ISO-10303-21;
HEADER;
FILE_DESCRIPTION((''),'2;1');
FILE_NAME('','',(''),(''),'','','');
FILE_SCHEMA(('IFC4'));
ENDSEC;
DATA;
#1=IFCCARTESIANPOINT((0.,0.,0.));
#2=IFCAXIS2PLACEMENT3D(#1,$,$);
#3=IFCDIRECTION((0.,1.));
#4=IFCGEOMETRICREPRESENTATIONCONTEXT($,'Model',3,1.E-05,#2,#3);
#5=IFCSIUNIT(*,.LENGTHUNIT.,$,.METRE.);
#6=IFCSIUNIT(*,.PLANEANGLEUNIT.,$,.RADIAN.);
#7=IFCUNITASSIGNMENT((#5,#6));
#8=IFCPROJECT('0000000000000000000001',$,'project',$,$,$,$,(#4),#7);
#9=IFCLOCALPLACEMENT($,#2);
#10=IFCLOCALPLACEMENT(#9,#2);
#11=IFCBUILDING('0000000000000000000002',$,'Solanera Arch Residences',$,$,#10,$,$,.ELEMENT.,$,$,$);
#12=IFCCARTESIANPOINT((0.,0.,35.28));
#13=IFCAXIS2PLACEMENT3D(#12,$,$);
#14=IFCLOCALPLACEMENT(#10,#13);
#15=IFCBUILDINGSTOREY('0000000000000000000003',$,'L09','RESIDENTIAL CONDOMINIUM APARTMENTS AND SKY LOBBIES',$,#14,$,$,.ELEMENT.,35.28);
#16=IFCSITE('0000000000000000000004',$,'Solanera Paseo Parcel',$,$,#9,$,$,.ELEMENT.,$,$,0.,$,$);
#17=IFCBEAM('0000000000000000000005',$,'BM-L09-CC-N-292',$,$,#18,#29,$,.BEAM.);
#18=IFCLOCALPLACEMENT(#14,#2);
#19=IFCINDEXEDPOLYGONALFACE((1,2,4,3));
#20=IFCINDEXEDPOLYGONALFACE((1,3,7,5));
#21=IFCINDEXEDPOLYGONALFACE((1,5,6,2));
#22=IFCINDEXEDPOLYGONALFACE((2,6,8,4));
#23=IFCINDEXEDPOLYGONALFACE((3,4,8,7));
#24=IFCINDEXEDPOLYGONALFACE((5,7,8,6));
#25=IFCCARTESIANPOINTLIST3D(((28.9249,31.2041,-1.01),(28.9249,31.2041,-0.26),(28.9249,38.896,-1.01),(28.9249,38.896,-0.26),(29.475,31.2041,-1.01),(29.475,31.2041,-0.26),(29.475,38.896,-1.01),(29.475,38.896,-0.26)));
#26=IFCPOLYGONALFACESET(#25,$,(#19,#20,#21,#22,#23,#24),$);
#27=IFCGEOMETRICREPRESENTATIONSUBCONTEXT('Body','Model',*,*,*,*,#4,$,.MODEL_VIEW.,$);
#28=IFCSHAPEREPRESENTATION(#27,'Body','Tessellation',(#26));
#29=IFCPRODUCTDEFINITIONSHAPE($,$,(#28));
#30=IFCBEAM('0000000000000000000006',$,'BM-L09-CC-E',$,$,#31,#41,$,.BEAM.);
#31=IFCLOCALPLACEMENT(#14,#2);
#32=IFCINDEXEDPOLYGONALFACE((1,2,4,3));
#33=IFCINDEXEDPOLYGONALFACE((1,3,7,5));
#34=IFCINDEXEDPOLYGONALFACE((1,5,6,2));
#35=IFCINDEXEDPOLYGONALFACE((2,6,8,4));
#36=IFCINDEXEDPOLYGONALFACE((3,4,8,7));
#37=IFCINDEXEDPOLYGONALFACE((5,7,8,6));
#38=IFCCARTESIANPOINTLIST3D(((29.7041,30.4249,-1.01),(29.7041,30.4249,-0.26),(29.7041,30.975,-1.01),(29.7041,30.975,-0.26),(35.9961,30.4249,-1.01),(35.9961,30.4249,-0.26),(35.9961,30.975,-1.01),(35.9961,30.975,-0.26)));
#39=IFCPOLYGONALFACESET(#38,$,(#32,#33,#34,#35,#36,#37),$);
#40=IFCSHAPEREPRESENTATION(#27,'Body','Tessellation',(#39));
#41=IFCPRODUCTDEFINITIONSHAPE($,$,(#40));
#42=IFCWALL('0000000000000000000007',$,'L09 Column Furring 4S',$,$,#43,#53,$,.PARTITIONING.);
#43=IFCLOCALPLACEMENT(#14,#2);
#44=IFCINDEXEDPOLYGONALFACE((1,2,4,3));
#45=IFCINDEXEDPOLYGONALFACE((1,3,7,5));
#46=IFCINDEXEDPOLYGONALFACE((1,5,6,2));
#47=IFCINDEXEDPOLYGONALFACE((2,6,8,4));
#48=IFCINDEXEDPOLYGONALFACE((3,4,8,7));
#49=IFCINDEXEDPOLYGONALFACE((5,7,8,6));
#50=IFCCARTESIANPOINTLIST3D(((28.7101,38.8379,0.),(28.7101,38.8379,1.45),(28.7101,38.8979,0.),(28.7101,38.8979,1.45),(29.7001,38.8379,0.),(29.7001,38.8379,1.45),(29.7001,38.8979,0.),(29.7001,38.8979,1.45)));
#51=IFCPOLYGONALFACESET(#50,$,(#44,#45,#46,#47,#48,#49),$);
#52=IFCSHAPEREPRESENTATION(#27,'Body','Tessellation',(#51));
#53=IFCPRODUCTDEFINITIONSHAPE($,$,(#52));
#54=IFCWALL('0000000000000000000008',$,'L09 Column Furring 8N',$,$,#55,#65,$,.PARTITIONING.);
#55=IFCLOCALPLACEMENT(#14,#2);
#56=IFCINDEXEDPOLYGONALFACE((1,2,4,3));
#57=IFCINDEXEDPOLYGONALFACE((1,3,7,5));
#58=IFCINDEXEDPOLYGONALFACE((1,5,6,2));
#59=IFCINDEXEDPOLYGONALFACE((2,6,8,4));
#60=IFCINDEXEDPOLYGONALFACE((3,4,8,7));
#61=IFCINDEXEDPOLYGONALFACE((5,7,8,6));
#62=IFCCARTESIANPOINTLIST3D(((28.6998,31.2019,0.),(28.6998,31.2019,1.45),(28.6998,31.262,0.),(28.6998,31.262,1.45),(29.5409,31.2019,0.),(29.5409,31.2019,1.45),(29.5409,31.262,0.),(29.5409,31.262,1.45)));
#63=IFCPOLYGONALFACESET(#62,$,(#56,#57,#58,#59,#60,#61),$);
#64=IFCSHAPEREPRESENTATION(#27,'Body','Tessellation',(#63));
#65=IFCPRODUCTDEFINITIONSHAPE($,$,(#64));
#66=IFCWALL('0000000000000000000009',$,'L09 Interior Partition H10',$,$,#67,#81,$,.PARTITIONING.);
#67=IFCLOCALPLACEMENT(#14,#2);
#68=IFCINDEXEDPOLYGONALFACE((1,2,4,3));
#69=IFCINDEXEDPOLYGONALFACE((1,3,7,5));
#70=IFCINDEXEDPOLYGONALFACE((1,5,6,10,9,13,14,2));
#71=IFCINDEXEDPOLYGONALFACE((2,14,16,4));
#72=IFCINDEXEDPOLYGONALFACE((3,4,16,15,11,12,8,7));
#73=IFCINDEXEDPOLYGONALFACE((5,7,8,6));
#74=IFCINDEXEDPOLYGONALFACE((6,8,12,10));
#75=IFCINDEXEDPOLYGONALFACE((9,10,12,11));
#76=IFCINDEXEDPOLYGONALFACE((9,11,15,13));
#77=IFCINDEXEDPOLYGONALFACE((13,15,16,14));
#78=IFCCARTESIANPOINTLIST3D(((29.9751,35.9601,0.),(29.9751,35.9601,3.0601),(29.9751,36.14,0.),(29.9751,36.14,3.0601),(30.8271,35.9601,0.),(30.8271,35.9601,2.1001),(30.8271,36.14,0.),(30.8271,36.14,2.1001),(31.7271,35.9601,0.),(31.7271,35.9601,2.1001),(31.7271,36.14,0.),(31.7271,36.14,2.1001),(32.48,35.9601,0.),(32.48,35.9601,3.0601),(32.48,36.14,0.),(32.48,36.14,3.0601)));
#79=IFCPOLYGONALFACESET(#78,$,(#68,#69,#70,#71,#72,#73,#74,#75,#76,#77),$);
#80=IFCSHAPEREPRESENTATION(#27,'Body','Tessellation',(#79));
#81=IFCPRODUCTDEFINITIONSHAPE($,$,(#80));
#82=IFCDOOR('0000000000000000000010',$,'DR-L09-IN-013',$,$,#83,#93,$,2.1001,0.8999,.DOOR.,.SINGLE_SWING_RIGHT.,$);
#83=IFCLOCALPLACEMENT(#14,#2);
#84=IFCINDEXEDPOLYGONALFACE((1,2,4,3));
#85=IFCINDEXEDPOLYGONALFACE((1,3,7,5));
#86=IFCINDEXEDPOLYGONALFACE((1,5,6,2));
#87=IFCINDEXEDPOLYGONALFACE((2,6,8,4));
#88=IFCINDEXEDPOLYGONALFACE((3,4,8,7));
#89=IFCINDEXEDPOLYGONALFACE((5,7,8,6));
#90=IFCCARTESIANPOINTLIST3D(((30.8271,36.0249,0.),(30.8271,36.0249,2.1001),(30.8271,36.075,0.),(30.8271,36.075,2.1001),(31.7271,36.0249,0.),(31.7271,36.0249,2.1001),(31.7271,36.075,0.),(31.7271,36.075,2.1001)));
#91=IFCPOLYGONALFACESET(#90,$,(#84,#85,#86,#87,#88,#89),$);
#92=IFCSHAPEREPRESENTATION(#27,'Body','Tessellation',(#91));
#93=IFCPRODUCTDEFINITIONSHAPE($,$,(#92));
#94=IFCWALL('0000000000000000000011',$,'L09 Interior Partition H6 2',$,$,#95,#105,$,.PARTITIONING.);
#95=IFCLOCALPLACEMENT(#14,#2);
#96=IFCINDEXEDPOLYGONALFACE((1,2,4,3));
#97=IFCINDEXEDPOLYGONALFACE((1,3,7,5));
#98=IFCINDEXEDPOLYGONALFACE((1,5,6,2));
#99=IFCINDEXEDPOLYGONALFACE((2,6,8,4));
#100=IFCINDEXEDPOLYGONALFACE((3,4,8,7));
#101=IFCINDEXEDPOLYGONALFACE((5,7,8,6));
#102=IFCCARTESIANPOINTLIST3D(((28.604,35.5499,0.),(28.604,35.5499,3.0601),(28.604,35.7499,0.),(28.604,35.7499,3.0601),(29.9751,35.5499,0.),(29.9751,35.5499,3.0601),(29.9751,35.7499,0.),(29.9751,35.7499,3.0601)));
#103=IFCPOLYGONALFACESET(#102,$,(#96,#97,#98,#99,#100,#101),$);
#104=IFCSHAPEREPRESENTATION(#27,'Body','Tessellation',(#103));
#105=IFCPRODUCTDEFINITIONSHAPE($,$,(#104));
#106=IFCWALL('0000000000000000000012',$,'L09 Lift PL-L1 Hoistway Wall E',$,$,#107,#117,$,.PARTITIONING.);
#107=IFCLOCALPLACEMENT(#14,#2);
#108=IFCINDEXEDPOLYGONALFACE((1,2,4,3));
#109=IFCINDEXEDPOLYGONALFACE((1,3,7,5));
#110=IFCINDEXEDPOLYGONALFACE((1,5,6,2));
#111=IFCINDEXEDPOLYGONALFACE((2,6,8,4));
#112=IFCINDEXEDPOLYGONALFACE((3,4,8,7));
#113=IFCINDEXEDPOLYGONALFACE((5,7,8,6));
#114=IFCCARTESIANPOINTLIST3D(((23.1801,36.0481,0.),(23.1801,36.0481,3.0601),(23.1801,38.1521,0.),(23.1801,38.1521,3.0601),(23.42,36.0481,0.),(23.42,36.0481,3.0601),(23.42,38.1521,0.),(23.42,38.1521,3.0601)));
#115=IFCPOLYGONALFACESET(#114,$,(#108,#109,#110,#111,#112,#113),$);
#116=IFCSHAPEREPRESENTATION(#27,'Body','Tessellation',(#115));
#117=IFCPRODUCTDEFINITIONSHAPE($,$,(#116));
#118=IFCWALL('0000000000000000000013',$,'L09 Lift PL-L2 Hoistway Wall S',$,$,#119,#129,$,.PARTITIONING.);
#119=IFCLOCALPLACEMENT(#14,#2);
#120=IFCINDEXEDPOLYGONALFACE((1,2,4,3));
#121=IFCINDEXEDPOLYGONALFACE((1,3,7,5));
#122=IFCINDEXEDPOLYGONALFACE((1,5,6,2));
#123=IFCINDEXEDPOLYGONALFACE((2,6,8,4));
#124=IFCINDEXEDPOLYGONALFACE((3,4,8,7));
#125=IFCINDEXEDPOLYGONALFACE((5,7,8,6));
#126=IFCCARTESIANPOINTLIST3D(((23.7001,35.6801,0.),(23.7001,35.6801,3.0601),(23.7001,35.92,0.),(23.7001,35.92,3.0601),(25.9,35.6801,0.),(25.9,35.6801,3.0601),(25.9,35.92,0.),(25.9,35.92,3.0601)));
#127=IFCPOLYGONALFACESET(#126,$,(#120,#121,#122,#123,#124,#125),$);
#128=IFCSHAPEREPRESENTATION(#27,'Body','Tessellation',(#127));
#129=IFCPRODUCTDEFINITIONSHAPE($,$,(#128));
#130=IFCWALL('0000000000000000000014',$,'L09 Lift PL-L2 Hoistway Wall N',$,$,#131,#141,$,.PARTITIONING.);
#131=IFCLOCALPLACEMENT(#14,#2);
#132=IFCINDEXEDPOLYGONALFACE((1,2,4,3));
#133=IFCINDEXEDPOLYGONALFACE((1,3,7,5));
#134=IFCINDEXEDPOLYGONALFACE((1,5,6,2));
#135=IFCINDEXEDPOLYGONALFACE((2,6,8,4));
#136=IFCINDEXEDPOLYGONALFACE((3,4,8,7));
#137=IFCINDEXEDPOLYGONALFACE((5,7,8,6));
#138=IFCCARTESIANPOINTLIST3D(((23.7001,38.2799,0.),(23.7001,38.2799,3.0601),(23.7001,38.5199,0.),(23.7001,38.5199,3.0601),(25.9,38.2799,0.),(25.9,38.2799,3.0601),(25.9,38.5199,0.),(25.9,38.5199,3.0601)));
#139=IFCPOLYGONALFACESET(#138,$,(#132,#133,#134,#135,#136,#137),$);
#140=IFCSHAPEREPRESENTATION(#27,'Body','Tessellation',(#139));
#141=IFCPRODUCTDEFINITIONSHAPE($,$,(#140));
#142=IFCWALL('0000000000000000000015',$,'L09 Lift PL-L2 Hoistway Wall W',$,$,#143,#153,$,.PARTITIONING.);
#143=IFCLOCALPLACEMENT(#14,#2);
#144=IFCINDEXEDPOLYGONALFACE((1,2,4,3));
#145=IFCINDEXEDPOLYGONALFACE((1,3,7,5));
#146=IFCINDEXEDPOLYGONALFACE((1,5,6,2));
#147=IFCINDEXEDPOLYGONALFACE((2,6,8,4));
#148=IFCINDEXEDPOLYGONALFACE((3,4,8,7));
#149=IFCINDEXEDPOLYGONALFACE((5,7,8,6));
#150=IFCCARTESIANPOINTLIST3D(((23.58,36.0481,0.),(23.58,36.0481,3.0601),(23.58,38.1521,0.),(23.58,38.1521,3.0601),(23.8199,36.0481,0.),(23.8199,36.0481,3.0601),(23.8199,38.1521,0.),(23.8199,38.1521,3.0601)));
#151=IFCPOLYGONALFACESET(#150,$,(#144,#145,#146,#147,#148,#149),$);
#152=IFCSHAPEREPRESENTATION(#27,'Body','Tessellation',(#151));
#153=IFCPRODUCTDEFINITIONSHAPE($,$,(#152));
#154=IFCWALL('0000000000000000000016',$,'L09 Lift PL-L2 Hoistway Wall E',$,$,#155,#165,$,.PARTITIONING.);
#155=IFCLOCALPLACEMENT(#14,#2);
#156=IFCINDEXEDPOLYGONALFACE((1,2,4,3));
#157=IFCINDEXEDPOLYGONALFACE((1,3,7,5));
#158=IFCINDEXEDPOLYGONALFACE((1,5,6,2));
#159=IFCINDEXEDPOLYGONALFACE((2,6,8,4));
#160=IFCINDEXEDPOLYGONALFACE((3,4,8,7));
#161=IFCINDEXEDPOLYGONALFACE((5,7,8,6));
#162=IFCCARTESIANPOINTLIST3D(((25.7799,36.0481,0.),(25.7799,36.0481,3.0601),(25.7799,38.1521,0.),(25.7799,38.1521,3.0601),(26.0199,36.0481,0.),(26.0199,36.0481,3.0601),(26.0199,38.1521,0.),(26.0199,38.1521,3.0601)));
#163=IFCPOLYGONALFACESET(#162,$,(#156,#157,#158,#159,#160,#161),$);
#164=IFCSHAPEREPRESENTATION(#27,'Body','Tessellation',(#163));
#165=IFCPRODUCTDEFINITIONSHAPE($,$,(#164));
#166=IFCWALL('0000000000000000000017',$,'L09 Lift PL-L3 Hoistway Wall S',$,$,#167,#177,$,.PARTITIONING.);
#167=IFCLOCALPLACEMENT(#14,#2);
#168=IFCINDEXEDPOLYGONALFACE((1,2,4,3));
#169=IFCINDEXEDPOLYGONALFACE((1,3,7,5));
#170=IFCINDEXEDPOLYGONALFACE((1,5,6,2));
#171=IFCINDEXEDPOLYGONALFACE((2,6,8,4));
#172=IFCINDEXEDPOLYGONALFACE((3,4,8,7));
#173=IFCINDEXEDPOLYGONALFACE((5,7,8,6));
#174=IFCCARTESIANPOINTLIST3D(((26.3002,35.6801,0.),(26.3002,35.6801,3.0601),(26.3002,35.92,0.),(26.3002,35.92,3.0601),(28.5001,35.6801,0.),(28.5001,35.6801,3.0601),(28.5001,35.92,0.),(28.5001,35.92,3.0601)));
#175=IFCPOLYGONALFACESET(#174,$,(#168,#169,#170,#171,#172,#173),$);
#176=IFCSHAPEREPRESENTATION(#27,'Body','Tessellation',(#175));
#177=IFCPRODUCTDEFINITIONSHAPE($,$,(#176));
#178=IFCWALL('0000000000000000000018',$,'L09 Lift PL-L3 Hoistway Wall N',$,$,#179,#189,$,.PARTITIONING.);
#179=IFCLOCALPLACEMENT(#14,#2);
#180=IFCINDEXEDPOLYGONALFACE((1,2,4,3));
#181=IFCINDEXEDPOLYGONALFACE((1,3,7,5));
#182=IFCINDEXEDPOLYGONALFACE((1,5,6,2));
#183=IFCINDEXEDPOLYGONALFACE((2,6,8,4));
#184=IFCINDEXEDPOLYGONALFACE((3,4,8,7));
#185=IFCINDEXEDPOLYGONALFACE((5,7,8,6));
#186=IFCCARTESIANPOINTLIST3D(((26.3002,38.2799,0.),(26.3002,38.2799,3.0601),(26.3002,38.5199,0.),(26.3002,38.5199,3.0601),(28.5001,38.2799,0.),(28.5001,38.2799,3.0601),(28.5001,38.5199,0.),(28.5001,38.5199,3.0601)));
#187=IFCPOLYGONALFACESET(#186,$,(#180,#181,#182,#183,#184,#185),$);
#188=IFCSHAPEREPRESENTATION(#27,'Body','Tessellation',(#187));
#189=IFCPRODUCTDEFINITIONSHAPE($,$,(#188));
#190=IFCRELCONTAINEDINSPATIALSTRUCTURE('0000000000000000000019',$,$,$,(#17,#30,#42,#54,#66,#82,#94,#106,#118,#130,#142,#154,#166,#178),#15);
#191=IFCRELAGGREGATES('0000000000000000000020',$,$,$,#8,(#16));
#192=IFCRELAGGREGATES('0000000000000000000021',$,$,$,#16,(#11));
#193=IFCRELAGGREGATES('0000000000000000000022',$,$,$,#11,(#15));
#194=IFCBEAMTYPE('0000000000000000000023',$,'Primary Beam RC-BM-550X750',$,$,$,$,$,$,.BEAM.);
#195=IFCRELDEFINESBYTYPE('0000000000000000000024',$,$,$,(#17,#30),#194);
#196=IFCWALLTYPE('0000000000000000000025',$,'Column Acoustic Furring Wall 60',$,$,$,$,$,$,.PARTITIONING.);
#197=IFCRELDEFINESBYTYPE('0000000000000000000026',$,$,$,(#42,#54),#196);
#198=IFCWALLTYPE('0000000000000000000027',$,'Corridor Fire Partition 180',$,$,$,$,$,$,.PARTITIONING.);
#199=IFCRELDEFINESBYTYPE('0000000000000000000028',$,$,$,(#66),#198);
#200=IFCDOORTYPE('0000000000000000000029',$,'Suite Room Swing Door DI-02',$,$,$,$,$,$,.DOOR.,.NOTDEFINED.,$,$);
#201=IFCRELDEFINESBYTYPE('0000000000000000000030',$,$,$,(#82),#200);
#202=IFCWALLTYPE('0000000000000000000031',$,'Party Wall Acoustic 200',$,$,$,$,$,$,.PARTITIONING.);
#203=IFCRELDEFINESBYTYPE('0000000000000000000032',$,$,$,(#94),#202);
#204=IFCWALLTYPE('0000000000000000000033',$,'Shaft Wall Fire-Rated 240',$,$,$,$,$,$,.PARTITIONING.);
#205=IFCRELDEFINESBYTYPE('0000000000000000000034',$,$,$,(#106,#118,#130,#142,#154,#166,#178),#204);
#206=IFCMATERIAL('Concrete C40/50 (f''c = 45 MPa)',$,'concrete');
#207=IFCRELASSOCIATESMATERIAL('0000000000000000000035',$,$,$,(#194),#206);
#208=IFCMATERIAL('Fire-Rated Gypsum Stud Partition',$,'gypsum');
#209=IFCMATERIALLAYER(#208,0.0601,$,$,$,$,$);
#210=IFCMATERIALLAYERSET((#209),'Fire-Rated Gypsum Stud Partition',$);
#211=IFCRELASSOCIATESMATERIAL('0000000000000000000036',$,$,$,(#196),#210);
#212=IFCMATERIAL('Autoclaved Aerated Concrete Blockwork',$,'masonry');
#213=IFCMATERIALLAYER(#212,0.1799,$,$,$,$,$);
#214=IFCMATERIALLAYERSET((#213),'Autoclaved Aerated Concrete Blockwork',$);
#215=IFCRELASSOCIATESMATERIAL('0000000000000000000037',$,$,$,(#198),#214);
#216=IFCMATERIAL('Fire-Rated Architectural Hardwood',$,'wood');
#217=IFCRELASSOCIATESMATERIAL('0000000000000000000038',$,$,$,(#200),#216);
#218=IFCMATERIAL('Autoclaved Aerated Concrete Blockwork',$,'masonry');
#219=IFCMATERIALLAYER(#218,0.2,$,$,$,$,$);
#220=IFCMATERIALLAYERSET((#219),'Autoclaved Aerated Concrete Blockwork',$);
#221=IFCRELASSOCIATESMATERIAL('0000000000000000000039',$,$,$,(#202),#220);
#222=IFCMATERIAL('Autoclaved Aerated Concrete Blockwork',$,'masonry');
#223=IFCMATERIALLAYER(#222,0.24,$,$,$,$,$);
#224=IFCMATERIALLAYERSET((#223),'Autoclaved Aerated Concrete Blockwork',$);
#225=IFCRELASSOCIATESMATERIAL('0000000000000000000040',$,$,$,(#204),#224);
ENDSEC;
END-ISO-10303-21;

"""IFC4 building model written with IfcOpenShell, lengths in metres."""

from ifc_helpers import new_model, si_unit, direction, frame, frame_2d, origin, origin_2d, place, context, subcontext, project, spatial, rectangle, extrude, material, layer, layer_set, material_profile, profile_set, type_object, element, fill, save


model = new_model("IFC4")

# Units and contexts
model_context = context("Model", 3, precision=1e-05, world=origin(), true_north=direction((0.0, 1.0)))
body_context = subcontext(model_context, "Body", "Model", "MODEL_VIEW")
ifc_project = project(units=[si_unit("LENGTHUNIT", "METRE"), si_unit("PLANEANGLEUNIT", "RADIAN")], contexts=[model_context])

# Site, building, storey
site_placement = place(None, origin())
site = spatial("IfcSite", under=ifc_project, at=site_placement, Name="Solanera Paseo Parcel", CompositionType="ELEMENT", RefElevation=0.0)
building_placement = place(site_placement, origin())
building = spatial("IfcBuilding", under=site, at=building_placement, Name="Solanera Arch Residences", CompositionType="ELEMENT")
storey_placement = place(building_placement, frame((0.0, 0.0, 35.28)))
storey = spatial("IfcBuildingStorey", under=building, at=storey_placement, Name="L09", Description="RESIDENTIAL CONDOMINIUM APARTMENTS AND SKY LOBBIES", CompositionType="ELEMENT", Elevation=35.28)

# Beams
ifc_material_1 = material(Name="Concrete C40/50 (f'c = 45 MPa)", Category="concrete")
ifc_material_profile = material_profile(ifc_material_1, rectangle(XDim=0.55, YDim=0.75, at=origin_2d()))
ifc_profile_set = profile_set([ifc_material_profile], Name="Concrete C40/50 (f'c = 45 MPa)")
beam_type = type_object("IfcBeamType", Name="Primary Beam RC-BM-550X750", PredefinedType="BEAM", material=ifc_profile_set)
beam_1_placement = place(storey_placement, frame((29.2, 31.2041, -0.635), z_axis=(0.0, 1.0, 0.0), x_axis=(-1.0, 0.0, 0.0)))
element("IfcBeam", 1, at=beam_1_placement, inside=storey, type_object=beam_type, Name="BM-L09-CC-N-292", PredefinedType="BEAM", context=body_context, shape_type="SweptSolid", body=[
    extrude(rectangle(XDim=0.55, YDim=0.75, at=origin_2d()), origin(), (0.0, 0.0, 1.0), 7.6919),
])
beam_2_placement = place(storey_placement, frame((29.7041, 30.7, -0.635), z_axis=(1.0, 0.0, 0.0), x_axis=(0.0, 1.0, 0.0)))
element("IfcBeam", 2, at=beam_2_placement, inside=storey, type_object=beam_type, Name="BM-L09-CC-E", PredefinedType="BEAM", context=body_context, shape_type="SweptSolid", body=[
    extrude(rectangle(XDim=0.55, YDim=0.75, at=origin_2d()), origin(), (0.0, 0.0, 1.0), 6.292),
])

# Walls
ifc_material_2 = material(Name="Fire-Rated Gypsum Stud Partition", Category="gypsum")
ifc_layer_1 = layer(ifc_material_2, 0.0601)
ifc_layer_set_1 = layer_set([ifc_layer_1], Name="Fire-Rated Gypsum Stud Partition")
wall_type_1 = type_object("IfcWallType", Name="Column Acoustic Furring Wall 60", PredefinedType="PARTITIONING", material=ifc_layer_set_1)
wall_1_placement = place(storey_placement, frame((28.71, 38.8679, 0.0), z_axis=(0.0, 0.0, 1.0), x_axis=(1.0, 0.0, 0.0)))
element("IfcWall", 3, at=wall_1_placement, inside=storey, type_object=wall_type_1, Name="L09 Column Furring 4S", PredefinedType="PARTITIONING", context=body_context, shape_type="SweptSolid", body=[
    extrude(rectangle(XDim=0.99, YDim=0.0601, at=frame_2d((0.4951, 0.0))), origin(), (0.0, 0.0, 1.0), 1.45),
])
wall_2_placement = place(storey_placement, frame((28.7, 31.2319, 0.0), z_axis=(0.0, 0.0, 1.0), x_axis=(1.0, 0.0, 0.0)))
element("IfcWall", 4, at=wall_2_placement, inside=storey, type_object=wall_type_1, Name="L09 Column Furring 8N", PredefinedType="PARTITIONING", context=body_context, shape_type="SweptSolid", body=[
    extrude(rectangle(XDim=0.8411, YDim=0.0601, at=frame_2d((0.4204, 0.0))), origin(), (0.0, 0.0, 1.0), 1.45),
])

# Wall, opening, door
ifc_material_3 = material(Name="Autoclaved Aerated Concrete Blockwork", Category="masonry")
ifc_layer_2 = layer(ifc_material_3, 0.1799)
ifc_layer_set_2 = layer_set([ifc_layer_2], Name="Autoclaved Aerated Concrete Blockwork")
wall_type_2 = type_object("IfcWallType", Name="Corridor Fire Partition 180", PredefinedType="PARTITIONING", material=ifc_layer_set_2)
wall_3_placement = place(storey_placement, frame((29.9751, 36.05, 0.0), z_axis=(0.0, 0.0, 1.0), x_axis=(1.0, 0.0, 0.0)))
wall_3 = element("IfcWall", 5, at=wall_3_placement, inside=storey, type_object=wall_type_2, Name="L09 Interior Partition H10", PredefinedType="PARTITIONING", context=body_context, shape_type="SweptSolid", body=[
    extrude(rectangle(XDim=2.5049, YDim=0.1799, at=frame_2d((1.2524, 0.0))), origin(), (0.0, 0.0, 1.0), 3.0601),
])
opening_1_placement = place(wall_3_placement, frame((0.8521, 0.0, 0.0)))
opening_1 = element("IfcOpeningElement", 6, at=opening_1_placement, cuts=wall_3, PredefinedType="OPENING", context=body_context, shape_type="SweptSolid", body=[
    extrude(rectangle(XDim=0.8999, YDim=2.1001, at=frame_2d((0.45, 1.05))), frame((0.0, 0.1001, 0.0), z_axis=(0.0, -1.0, 0.0), x_axis=(1.0, 0.0, 0.0)), (0.0, 0.0, 1.0), 0.1999),
])
ifc_material_4 = material(Name="Fire-Rated Architectural Hardwood", Category="wood")
door_type_1 = type_object("IfcDoorType", Name="Suite Room Swing Door DI-02", OperationType="NOTDEFINED", PredefinedType="DOOR", material=ifc_material_4)
door_1_placement = place(opening_1_placement, origin())
door_1 = element("IfcDoor", 7, at=door_1_placement, inside=storey, type_object=door_type_1, Name="DR-L09-IN-013", OperationType="SINGLE_SWING_RIGHT", OverallHeight=2.1001, OverallWidth=0.8999, PredefinedType="DOOR", context=body_context, shape_type="SweptSolid", body=[
    extrude(rectangle(XDim=0.8999, YDim=2.1001, at=frame_2d((0.45, 1.05))), frame((0.0, 0.0249, 0.0), z_axis=(0.0, -1.0, 0.0), x_axis=(1.0, 0.0, 0.0)), (0.0, 0.0, 1.0), 0.05),
])
fill(opening_1, door_1)

# Walls
ifc_material_5 = material(Name="Autoclaved Aerated Concrete Blockwork", Category="masonry")
ifc_layer_3 = layer(ifc_material_5, 0.2)
ifc_layer_set_3 = layer_set([ifc_layer_3], Name="Autoclaved Aerated Concrete Blockwork")
wall_type_3 = type_object("IfcWallType", Name="Party Wall Acoustic 200", PredefinedType="PARTITIONING", material=ifc_layer_set_3)
wall_4_placement = place(storey_placement, frame((28.604, 35.6499, 0.0), z_axis=(0.0, 0.0, 1.0), x_axis=(1.0, 0.0, 0.0)))
element("IfcWall", 8, at=wall_4_placement, inside=storey, type_object=wall_type_3, Name="L09 Interior Partition H6 2", PredefinedType="PARTITIONING", context=body_context, shape_type="SweptSolid", body=[
    extrude(rectangle(XDim=1.3711, YDim=0.2, at=frame_2d((0.6855, 0.0))), origin(), (0.0, 0.0, 1.0), 3.0601),
])
ifc_material_6 = material(Name="Autoclaved Aerated Concrete Blockwork", Category="masonry")
ifc_layer_4 = layer(ifc_material_6, 0.24)
ifc_layer_set_4 = layer_set([ifc_layer_4], Name="Autoclaved Aerated Concrete Blockwork")
wall_type_4 = type_object("IfcWallType", Name="Shaft Wall Fire-Rated 240", PredefinedType="PARTITIONING", material=ifc_layer_set_4)
wall_5_placement = place(storey_placement, frame((23.3, 36.0481, 0.0), z_axis=(0.0, 0.0, 1.0), x_axis=(0.0, 1.0, 0.0)))
element("IfcWall", 9, at=wall_5_placement, inside=storey, type_object=wall_type_4, Name="L09 Lift PL-L1 Hoistway Wall E", PredefinedType="PARTITIONING", context=body_context, shape_type="SweptSolid", body=[
    extrude(rectangle(XDim=2.104, YDim=0.24, at=frame_2d((1.052, 0.0))), origin(), (0.0, 0.0, 1.0), 3.0601),
])
for number, where, z_axis, x_axis, name in (
    (10, (23.7, 35.8, 0.0), (0.0, 0.0, 1.0), (1.0, 0.0, 0.0), "L09 Lift PL-L2 Hoistway Wall S"),
    (11, (23.7, 38.3999, 0.0), (0.0, 0.0, 1.0), (1.0, 0.0, 0.0), "L09 Lift PL-L2 Hoistway Wall N"),
):
    element("IfcWall", number, at=place(storey_placement, frame(where, z_axis=z_axis, x_axis=x_axis)), inside=storey, type_object=wall_type_4, Name=name, PredefinedType="PARTITIONING", context=body_context, shape_type="SweptSolid", body=[
        extrude(rectangle(XDim=2.2, YDim=0.24, at=frame_2d((1.1001, 0.0))), origin(), (0.0, 0.0, 1.0), 3.0601),
    ])
for number, where, z_axis, x_axis, name in (
    (12, (23.7, 36.0481, 0.0), (0.0, 0.0, 1.0), (0.0, 1.0, 0.0), "L09 Lift PL-L2 Hoistway Wall W"),
    (13, (25.8999, 36.0481, 0.0), (0.0, 0.0, 1.0), (0.0, 1.0, 0.0), "L09 Lift PL-L2 Hoistway Wall E"),
):
    element("IfcWall", number, at=place(storey_placement, frame(where, z_axis=z_axis, x_axis=x_axis)), inside=storey, type_object=wall_type_4, Name=name, PredefinedType="PARTITIONING", context=body_context, shape_type="SweptSolid", body=[
        extrude(rectangle(XDim=2.104, YDim=0.24, at=frame_2d((1.052, 0.0))), origin(), (0.0, 0.0, 1.0), 3.0601),
    ])
for number, where, z_axis, x_axis, name in (
    (14, (26.3, 35.8, 0.0), (0.0, 0.0, 1.0), (1.0, 0.0, 0.0), "L09 Lift PL-L3 Hoistway Wall S"),
    (15, (26.3, 38.3999, 0.0), (0.0, 0.0, 1.0), (1.0, 0.0, 0.0), "L09 Lift PL-L3 Hoistway Wall N"),
):
    element("IfcWall", number, at=place(storey_placement, frame(where, z_axis=z_axis, x_axis=x_axis)), inside=storey, type_object=wall_type_4, Name=name, PredefinedType="PARTITIONING", context=body_context, shape_type="SweptSolid", body=[
        extrude(rectangle(XDim=2.2, YDim=0.24, at=frame_2d((1.1001, 0.0))), origin(), (0.0, 0.0, 1.0), 3.0601),
    ])

save(model, "model.ifc")
